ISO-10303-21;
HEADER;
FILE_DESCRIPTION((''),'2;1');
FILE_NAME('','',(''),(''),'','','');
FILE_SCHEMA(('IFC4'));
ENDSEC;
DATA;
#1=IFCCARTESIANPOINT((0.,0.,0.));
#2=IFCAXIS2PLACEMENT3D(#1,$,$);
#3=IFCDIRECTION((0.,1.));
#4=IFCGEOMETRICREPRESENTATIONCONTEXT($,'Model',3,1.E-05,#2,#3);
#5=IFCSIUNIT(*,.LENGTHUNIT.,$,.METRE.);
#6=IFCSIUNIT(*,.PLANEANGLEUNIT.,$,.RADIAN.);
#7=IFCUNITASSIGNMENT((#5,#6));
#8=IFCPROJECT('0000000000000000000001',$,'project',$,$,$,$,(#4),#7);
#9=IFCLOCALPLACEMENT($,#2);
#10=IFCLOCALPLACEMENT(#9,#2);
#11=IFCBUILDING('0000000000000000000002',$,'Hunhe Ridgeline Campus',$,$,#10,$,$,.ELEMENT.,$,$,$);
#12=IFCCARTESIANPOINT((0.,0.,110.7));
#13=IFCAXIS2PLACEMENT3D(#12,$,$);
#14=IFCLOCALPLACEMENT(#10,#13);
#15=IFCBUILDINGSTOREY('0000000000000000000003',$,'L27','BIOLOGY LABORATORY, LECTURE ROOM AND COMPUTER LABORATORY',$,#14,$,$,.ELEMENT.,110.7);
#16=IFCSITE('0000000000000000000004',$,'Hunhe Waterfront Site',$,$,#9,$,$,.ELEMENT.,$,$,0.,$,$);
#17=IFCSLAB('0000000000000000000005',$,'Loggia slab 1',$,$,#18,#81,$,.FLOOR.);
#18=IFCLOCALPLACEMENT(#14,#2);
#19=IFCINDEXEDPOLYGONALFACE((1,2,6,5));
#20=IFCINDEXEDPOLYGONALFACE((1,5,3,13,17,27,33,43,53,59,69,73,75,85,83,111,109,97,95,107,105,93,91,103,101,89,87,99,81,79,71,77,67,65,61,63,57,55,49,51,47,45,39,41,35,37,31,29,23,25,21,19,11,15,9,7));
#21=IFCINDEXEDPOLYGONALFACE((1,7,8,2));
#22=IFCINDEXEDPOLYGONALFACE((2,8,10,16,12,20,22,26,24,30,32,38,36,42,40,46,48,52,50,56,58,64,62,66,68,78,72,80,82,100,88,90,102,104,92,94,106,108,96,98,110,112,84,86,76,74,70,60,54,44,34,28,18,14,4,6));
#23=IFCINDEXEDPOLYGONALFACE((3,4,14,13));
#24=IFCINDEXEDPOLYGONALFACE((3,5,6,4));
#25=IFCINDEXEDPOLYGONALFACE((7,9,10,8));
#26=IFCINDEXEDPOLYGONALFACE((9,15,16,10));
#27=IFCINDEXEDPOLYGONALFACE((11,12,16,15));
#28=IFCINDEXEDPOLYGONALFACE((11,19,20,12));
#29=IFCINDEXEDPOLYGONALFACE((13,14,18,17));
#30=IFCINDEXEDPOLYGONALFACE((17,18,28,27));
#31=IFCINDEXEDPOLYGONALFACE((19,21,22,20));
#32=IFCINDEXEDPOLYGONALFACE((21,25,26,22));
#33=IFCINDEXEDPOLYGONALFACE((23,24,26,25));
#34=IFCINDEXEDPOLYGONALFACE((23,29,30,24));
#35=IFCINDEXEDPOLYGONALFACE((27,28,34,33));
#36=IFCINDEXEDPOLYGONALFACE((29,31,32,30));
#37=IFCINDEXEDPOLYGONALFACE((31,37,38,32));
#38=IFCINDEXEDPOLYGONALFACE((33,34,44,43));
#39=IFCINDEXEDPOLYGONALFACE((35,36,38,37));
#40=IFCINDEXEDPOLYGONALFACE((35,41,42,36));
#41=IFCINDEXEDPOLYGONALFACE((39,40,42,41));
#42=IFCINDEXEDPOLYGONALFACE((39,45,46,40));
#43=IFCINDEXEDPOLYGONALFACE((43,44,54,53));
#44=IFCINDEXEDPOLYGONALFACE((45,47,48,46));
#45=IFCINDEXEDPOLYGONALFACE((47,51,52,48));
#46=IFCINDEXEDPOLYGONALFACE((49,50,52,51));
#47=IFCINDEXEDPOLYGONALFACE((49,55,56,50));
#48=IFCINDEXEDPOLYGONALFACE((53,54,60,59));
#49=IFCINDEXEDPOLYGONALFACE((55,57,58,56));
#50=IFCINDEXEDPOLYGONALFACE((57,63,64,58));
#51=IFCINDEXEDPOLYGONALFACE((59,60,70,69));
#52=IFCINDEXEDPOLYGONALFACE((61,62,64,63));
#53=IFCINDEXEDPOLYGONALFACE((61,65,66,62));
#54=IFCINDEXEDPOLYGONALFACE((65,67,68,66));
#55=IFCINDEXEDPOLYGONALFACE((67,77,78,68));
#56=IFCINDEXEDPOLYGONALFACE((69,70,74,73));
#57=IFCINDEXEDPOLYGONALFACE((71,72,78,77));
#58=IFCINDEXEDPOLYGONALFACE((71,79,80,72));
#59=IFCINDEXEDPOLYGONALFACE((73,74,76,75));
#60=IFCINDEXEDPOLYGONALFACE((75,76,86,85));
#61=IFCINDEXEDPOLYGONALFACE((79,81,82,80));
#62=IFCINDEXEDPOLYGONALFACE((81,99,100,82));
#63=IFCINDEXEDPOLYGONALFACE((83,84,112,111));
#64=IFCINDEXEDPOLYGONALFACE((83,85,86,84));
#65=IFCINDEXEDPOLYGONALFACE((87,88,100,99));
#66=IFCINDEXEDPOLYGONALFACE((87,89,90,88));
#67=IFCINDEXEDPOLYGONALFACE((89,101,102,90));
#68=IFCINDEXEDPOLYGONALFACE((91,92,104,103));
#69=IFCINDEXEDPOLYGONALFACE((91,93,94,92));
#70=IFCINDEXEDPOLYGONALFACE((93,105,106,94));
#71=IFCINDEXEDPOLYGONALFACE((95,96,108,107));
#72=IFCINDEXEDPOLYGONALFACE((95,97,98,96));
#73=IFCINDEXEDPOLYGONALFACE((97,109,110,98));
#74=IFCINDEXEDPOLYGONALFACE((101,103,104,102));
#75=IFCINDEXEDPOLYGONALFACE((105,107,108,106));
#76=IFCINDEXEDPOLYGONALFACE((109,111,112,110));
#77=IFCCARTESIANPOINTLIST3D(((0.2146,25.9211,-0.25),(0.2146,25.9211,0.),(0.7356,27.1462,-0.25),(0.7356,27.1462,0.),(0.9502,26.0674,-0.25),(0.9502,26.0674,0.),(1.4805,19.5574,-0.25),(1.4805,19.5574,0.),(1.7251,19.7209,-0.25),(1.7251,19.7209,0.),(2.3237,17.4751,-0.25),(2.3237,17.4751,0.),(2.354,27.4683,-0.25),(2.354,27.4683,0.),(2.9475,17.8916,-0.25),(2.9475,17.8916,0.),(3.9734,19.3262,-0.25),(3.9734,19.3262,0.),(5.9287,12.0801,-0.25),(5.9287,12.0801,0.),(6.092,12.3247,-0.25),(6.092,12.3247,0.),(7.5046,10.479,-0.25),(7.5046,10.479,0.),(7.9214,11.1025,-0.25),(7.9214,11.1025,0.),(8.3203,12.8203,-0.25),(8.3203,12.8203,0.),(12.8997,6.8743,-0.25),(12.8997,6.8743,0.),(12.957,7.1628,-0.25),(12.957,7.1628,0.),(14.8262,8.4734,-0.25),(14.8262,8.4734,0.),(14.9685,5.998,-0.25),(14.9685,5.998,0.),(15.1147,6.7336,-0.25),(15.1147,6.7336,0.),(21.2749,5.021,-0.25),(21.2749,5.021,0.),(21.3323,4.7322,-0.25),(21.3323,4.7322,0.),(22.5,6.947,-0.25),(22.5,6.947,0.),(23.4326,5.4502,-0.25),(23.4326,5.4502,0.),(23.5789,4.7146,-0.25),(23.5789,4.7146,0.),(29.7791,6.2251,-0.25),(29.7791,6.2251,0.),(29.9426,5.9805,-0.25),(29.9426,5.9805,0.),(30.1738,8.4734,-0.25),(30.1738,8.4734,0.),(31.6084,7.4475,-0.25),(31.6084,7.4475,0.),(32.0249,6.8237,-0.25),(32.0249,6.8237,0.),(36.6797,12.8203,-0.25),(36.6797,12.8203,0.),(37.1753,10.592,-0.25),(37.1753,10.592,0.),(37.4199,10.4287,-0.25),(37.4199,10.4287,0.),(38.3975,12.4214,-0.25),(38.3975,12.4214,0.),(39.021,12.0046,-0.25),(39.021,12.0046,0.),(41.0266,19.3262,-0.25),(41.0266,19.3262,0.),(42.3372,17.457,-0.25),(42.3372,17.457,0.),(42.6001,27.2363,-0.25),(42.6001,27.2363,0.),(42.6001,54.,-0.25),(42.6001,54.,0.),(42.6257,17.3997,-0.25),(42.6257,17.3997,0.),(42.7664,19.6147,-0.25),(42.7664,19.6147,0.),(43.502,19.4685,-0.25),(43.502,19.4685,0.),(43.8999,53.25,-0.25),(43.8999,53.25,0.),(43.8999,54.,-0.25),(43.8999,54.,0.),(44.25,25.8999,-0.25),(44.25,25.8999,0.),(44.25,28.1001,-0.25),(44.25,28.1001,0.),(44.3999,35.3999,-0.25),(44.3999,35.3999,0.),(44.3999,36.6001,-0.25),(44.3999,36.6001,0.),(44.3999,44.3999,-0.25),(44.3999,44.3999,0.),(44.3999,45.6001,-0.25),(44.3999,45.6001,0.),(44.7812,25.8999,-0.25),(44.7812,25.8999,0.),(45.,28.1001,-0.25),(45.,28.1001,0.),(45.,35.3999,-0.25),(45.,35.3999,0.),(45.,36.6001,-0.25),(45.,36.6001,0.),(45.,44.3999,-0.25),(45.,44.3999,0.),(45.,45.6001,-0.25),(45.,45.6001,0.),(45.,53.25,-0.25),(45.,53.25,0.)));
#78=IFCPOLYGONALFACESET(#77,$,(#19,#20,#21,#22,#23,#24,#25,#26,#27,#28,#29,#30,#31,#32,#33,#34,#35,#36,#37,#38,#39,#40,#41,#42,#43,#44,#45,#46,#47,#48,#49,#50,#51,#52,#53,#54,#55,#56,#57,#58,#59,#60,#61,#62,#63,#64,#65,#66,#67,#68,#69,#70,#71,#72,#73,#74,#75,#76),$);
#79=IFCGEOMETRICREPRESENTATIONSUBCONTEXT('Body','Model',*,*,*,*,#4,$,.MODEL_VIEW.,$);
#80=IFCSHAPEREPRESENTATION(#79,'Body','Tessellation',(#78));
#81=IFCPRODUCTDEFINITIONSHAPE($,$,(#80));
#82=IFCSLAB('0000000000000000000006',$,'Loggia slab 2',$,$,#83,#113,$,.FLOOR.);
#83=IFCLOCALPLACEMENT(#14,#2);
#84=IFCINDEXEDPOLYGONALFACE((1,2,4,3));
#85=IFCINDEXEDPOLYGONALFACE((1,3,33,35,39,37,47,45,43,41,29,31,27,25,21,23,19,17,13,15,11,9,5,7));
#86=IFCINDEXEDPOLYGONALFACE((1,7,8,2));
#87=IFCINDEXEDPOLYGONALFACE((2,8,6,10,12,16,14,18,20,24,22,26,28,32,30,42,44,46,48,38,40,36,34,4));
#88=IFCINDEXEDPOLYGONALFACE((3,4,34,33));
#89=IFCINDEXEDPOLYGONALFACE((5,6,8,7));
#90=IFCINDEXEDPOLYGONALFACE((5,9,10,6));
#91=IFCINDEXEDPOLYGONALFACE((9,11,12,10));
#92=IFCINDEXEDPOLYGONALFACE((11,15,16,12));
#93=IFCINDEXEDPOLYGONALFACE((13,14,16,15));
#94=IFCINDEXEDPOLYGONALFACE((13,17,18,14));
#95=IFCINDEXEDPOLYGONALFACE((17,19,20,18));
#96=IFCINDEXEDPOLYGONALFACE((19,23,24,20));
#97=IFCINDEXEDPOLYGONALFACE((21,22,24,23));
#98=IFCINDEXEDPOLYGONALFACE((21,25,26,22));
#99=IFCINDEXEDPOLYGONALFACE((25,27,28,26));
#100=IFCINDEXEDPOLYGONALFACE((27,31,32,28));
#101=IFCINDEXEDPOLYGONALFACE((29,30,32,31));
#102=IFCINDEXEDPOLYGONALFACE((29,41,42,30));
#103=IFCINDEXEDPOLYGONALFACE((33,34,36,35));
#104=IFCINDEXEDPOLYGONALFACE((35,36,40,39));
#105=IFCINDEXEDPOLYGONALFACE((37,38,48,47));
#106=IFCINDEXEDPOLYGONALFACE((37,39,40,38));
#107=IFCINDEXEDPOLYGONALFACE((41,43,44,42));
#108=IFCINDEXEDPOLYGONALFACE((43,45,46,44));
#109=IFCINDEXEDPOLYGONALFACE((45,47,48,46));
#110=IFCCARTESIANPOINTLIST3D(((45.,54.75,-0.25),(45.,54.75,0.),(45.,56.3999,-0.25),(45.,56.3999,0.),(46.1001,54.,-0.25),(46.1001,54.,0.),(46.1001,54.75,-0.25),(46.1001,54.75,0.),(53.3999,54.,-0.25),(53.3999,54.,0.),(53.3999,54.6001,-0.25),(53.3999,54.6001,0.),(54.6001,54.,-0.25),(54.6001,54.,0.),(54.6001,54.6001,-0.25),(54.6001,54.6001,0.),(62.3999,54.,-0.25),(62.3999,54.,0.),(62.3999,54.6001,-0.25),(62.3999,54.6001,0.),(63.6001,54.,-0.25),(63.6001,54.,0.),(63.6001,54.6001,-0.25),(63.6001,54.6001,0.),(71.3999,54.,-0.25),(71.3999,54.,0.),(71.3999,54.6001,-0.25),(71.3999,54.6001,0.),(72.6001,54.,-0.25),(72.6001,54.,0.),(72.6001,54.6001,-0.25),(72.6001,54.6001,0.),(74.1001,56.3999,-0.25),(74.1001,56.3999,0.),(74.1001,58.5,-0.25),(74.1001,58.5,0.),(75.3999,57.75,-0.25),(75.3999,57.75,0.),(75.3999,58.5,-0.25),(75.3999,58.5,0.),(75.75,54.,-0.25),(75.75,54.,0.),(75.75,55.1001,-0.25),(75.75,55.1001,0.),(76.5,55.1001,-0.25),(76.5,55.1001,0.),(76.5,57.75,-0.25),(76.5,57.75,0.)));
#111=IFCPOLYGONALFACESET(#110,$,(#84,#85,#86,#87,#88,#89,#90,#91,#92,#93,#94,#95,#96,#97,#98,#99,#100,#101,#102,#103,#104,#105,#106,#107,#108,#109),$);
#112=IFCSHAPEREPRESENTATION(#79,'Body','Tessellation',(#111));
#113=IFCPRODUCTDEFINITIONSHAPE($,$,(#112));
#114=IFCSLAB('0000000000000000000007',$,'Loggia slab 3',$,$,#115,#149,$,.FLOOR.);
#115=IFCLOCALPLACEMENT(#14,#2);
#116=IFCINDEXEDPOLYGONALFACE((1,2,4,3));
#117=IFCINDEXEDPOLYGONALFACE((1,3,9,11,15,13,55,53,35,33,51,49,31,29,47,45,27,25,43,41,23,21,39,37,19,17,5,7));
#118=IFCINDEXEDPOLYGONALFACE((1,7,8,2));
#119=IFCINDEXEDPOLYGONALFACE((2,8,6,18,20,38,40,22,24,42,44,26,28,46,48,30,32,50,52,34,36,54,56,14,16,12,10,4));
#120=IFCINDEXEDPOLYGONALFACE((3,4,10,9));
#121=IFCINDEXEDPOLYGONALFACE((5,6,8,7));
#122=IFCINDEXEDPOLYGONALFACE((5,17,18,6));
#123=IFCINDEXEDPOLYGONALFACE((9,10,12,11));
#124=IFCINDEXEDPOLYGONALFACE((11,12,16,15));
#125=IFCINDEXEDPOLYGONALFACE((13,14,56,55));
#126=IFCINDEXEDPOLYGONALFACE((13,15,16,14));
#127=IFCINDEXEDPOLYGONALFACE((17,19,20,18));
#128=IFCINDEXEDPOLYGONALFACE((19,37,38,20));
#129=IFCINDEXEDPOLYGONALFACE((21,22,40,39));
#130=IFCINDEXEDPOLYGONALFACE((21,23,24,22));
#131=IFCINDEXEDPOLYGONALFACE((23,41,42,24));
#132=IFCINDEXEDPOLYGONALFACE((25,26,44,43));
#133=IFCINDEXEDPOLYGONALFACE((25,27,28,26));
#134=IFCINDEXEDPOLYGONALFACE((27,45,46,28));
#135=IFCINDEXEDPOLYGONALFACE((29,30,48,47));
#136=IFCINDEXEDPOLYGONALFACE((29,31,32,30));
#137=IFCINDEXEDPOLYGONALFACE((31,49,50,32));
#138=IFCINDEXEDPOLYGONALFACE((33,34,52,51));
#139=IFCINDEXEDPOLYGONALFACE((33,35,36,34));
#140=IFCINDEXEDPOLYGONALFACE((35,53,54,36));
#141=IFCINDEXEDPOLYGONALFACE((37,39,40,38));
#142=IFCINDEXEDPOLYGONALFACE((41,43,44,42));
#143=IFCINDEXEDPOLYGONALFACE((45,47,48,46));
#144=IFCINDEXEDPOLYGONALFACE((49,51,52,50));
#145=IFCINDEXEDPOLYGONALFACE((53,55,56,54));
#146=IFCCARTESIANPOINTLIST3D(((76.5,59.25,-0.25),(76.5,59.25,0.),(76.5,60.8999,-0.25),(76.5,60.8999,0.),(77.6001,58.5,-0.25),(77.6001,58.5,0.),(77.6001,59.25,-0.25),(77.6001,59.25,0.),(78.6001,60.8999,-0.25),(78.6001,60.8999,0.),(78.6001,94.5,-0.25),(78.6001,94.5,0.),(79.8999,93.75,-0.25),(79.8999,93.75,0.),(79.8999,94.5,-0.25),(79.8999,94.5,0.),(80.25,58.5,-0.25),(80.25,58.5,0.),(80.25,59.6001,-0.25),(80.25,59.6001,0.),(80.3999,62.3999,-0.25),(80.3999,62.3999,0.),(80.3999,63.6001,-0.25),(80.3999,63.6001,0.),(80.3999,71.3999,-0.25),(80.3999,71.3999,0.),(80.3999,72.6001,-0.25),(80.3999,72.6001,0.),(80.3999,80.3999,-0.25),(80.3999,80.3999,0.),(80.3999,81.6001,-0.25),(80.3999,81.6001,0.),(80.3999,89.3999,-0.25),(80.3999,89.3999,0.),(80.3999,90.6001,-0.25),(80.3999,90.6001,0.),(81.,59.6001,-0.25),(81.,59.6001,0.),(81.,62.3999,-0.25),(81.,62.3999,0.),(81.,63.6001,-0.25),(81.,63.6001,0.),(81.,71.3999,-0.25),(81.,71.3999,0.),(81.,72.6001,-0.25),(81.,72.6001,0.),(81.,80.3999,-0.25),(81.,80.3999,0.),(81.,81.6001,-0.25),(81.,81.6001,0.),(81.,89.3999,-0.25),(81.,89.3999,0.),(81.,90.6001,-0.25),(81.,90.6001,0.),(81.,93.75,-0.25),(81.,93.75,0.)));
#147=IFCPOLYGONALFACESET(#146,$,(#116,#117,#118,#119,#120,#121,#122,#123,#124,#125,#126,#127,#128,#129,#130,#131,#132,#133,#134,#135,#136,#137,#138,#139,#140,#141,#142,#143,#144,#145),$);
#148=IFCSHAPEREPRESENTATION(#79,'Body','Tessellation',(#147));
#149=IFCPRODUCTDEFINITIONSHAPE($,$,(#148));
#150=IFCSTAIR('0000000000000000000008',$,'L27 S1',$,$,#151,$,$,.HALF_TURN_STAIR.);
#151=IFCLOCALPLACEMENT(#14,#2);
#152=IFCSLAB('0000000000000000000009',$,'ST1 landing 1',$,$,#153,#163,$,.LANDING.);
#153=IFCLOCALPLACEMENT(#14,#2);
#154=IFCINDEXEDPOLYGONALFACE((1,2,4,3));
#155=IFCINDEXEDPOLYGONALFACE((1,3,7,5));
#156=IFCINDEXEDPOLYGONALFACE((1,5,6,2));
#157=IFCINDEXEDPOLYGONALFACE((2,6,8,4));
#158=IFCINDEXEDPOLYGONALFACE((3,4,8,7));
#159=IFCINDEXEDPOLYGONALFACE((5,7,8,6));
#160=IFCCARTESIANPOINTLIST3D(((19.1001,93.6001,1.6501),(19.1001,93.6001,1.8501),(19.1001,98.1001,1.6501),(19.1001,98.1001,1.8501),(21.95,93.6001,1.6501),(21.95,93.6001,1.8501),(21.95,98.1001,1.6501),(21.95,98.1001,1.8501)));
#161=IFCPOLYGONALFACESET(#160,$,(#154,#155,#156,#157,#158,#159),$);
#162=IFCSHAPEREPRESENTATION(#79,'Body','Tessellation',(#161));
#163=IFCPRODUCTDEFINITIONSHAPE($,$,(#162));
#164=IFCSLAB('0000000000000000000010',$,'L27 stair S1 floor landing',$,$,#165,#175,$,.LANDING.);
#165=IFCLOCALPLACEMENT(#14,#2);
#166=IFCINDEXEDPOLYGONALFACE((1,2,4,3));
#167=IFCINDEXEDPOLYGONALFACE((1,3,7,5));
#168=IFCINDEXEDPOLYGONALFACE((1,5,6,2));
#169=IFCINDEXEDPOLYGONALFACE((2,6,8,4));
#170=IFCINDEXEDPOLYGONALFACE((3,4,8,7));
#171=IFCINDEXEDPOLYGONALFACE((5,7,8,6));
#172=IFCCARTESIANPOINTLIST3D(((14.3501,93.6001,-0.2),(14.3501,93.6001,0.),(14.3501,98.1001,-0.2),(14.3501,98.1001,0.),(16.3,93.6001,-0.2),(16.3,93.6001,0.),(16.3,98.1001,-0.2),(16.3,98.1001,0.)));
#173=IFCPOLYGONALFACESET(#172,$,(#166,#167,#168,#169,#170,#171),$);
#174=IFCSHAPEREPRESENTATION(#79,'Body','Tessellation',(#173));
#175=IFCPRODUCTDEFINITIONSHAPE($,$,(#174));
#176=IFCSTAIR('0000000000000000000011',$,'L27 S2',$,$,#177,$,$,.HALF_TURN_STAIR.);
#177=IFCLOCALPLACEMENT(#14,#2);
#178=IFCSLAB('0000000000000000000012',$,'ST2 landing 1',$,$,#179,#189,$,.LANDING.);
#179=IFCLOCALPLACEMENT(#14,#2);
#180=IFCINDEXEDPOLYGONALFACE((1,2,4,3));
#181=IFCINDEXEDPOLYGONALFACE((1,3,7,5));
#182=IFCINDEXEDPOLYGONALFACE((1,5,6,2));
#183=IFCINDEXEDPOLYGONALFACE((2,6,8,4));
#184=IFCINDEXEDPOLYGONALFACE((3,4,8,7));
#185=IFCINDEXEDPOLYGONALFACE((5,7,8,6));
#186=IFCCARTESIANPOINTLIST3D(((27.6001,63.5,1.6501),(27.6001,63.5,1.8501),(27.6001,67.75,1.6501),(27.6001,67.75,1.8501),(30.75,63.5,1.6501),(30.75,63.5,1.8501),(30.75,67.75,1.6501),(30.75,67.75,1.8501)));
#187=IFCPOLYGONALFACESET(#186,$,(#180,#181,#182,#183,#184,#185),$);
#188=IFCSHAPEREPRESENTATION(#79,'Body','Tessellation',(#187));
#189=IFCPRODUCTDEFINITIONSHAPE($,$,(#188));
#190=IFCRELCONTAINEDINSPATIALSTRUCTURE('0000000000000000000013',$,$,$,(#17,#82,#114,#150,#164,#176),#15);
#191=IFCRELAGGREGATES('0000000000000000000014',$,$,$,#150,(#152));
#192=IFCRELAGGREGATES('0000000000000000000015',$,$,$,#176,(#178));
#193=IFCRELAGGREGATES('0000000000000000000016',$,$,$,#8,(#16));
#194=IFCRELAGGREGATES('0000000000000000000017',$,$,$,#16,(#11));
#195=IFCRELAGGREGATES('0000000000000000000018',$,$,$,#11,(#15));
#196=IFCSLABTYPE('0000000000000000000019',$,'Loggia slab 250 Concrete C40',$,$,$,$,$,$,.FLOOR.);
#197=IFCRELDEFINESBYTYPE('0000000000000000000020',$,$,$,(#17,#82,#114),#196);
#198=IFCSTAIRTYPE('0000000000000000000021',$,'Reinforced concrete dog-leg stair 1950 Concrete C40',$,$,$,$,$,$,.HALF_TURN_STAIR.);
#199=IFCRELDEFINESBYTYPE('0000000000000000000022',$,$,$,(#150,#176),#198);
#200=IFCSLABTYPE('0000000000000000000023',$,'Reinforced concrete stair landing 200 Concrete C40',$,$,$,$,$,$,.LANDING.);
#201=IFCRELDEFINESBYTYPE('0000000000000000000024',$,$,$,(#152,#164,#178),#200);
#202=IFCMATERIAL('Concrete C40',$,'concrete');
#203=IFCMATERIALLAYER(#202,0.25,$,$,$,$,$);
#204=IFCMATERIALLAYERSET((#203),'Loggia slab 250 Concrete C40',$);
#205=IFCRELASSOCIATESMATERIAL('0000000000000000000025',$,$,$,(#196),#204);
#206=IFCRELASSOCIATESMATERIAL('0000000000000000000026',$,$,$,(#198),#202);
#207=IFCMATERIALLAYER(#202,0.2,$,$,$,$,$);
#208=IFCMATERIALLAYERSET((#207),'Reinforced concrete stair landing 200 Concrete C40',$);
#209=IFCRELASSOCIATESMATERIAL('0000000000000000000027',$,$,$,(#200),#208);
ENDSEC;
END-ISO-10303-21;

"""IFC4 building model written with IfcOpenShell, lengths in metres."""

from ifc_helpers import new_model, si_unit, direction, frame, origin, place, context, subcontext, project, spatial, polyline, outline, extrude, material, layer, layer_set, type_object, element, aggregate, save


model = new_model("IFC4")

# Units and contexts
model_context = context("Model", 3, precision=1e-05, world=origin(), true_north=direction((0.0, 1.0)))
body_context = subcontext(model_context, "Body", "Model", "MODEL_VIEW")
ifc_project = project(units=[si_unit("LENGTHUNIT", "METRE"), si_unit("PLANEANGLEUNIT", "RADIAN")], contexts=[model_context])

# Site, building, storey
site_placement = place(None, origin())
site = spatial("IfcSite", under=ifc_project, at=site_placement, Name="Hunhe Waterfront Site", CompositionType="ELEMENT", RefElevation=0.0)
building_placement = place(site_placement, origin())
building = spatial("IfcBuilding", under=site, at=building_placement, Name="Hunhe Ridgeline Campus", CompositionType="ELEMENT")
storey_placement = place(building_placement, frame((0.0, 0.0, 110.7)))
storey = spatial("IfcBuildingStorey", under=building, at=storey_placement, Name="L27", Description="BIOLOGY LABORATORY, LECTURE ROOM AND COMPUTER LABORATORY", CompositionType="ELEMENT", Elevation=110.7)

# Slabs
ifc_material_1 = material(Name="Concrete C40", Category="concrete")
ifc_layer_1 = layer(ifc_material_1, 0.25)
ifc_layer_set_1 = layer_set([ifc_layer_1], Name="Loggia slab 250 Concrete C40")
slab_type_1 = type_object("IfcSlabType", Name="Loggia slab 250 Concrete C40", PredefinedType="FLOOR", material=ifc_layer_set_1)
slab_1_placement = place(storey_placement, frame((0.0, 0.0, -0.25)))
element("IfcSlab", 1, at=slab_1_placement, inside=storey, type_object=slab_type_1, Name="Loggia slab 1", PredefinedType="FLOOR", context=body_context, shape_type="SweptSolid", body=[
    extrude(outline(polyline([(30.1738, 8.4734), (22.5, 6.947), (14.8262, 8.4734), (8.3203, 12.8203), (3.9734, 19.3262), (2.354, 27.4683), (0.7356, 27.1462), (0.9502, 26.0674), (0.2146, 25.9211), (1.4805, 19.5574), (1.7251, 19.7209), (2.9475, 17.8916), (2.3237, 17.4751), (5.9287, 12.0801), (6.092, 12.3247), (7.9214, 11.1025), (7.5046, 10.479), (12.8997, 6.8743), (12.957, 7.1628), (15.1147, 6.7336), (14.9685, 5.998), (21.3323, 4.7322), (21.2749, 5.021), (23.4326, 5.4502), (23.5789, 4.7146), (29.9426, 5.9805), (29.7791, 6.2251), (31.6084, 7.4475), (32.0249, 6.8237), (37.4199, 10.4287), (37.1753, 10.592), (38.3975, 12.4214), (39.021, 12.0046), (42.6257, 17.3997), (42.3372, 17.457), (42.7664, 19.6147), (43.502, 19.4685), (44.7812, 25.8999), (44.25, 25.8999), (44.25, 28.1001), (45.0, 28.1001), (45.0, 35.3999), (44.3999, 35.3999), (44.3999, 36.6001), (45.0, 36.6001), (45.0, 44.3999), (44.3999, 44.3999), (44.3999, 45.6001), (45.0, 45.6001), (45.0, 53.25), (43.8999, 53.25), (43.8999, 54.0), (42.6001, 54.0), (42.6001, 27.2363), (41.0266, 19.3262), (36.6797, 12.8203), (30.1738, 8.4734)])), origin(), (0.0, 0.0, 1.0), 0.25),
])
slab_2_placement = place(storey_placement, frame((0.0, 0.0, -0.25)))
element("IfcSlab", 2, at=slab_2_placement, inside=storey, type_object=slab_type_1, Name="Loggia slab 2", PredefinedType="FLOOR", context=body_context, shape_type="SweptSolid", body=[
    extrude(outline(polyline([(45.0, 54.75), (46.1001, 54.75), (46.1001, 54.0), (53.3999, 54.0), (53.3999, 54.6001), (54.6001, 54.6001), (54.6001, 54.0), (62.3999, 54.0), (62.3999, 54.6001), (63.6001, 54.6001), (63.6001, 54.0), (71.3999, 54.0), (71.3999, 54.6001), (72.6001, 54.6001), (72.6001, 54.0), (75.75, 54.0), (75.75, 55.1001), (76.5, 55.1001), (76.5, 57.75), (75.3999, 57.75), (75.3999, 58.5), (74.1001, 58.5), (74.1001, 56.3999), (45.0, 56.3999), (45.0, 54.75)])), origin(), (0.0, 0.0, 1.0), 0.25),
])
slab_3_placement = place(storey_placement, frame((0.0, 0.0, -0.25)))
element("IfcSlab", 3, at=slab_3_placement, inside=storey, type_object=slab_type_1, Name="Loggia slab 3", PredefinedType="FLOOR", context=body_context, shape_type="SweptSolid", body=[
    extrude(outline(polyline([(76.5, 59.25), (77.6001, 59.25), (77.6001, 58.5), (80.25, 58.5), (80.25, 59.6001), (81.0, 59.6001), (81.0, 62.3999), (80.3999, 62.3999), (80.3999, 63.6001), (81.0, 63.6001), (81.0, 71.3999), (80.3999, 71.3999), (80.3999, 72.6001), (81.0, 72.6001), (81.0, 80.3999), (80.3999, 80.3999), (80.3999, 81.6001), (81.0, 81.6001), (81.0, 89.3999), (80.3999, 89.3999), (80.3999, 90.6001), (81.0, 90.6001), (81.0, 93.75), (79.8999, 93.75), (79.8999, 94.5), (78.6001, 94.5), (78.6001, 60.8999), (76.5, 60.8999), (76.5, 59.25)])), origin(), (0.0, 0.0, 1.0), 0.25),
])

# Stair, slab
stair_type = type_object("IfcStairType", Name="Reinforced concrete dog-leg stair 1950 Concrete C40", PredefinedType="HALF_TURN_STAIR", material=ifc_material_1)
stair_1_placement = place(storey_placement, origin())
stair_1 = element("IfcStair", 4, at=stair_1_placement, inside=storey, type_object=stair_type, Name="L27 S1", PredefinedType="HALF_TURN_STAIR")
ifc_layer_2 = layer(ifc_material_1, 0.2)
ifc_layer_set_2 = layer_set([ifc_layer_2], Name="Reinforced concrete stair landing 200 Concrete C40")
slab_type_2 = type_object("IfcSlabType", Name="Reinforced concrete stair landing 200 Concrete C40", PredefinedType="LANDING", material=ifc_layer_set_2)
slab_4_placement = place(storey_placement, frame((0.0, 0.0, 1.6501)))
slab_4 = element("IfcSlab", 5, at=slab_4_placement, type_object=slab_type_2, Name="ST1 landing 1", PredefinedType="LANDING", context=body_context, shape_type="SweptSolid", body=[
    extrude(outline(polyline([(19.1001, 93.6001), (21.95, 93.6001), (21.95, 98.1001), (19.1001, 98.1001), (19.1001, 93.6001)])), origin(), (0.0, 0.0, 1.0), 0.2),
])
aggregate(stair_1, [slab_4])

# Slab
slab_5_placement = place(storey_placement, frame((0.0, 0.0, -0.2)))
element("IfcSlab", 6, at=slab_5_placement, inside=storey, type_object=slab_type_2, Name="L27 stair S1 floor landing", PredefinedType="LANDING", context=body_context, shape_type="SweptSolid", body=[
    extrude(outline(polyline([(14.3501, 93.6001), (16.3, 93.6001), (16.3, 98.1001), (14.3501, 98.1001), (14.3501, 93.6001)])), origin(), (0.0, 0.0, 1.0), 0.2),
])

# Stair, slab
stair_2_placement = place(storey_placement, origin())
stair_2 = element("IfcStair", 7, at=stair_2_placement, inside=storey, type_object=stair_type, Name="L27 S2", PredefinedType="HALF_TURN_STAIR")
slab_6_placement = place(storey_placement, frame((0.0, 0.0, 1.6501)))
slab_6 = element("IfcSlab", 8, at=slab_6_placement, type_object=slab_type_2, Name="ST2 landing 1", PredefinedType="LANDING", context=body_context, shape_type="SweptSolid", body=[
    extrude(outline(polyline([(30.75, 67.75), (27.6001, 67.75), (27.6001, 63.5), (30.75, 63.5), (30.75, 67.75)])), origin(), (0.0, 0.0, 1.0), 0.2),
])
aggregate(stair_2, [slab_6])

save(model, "model.ifc")
